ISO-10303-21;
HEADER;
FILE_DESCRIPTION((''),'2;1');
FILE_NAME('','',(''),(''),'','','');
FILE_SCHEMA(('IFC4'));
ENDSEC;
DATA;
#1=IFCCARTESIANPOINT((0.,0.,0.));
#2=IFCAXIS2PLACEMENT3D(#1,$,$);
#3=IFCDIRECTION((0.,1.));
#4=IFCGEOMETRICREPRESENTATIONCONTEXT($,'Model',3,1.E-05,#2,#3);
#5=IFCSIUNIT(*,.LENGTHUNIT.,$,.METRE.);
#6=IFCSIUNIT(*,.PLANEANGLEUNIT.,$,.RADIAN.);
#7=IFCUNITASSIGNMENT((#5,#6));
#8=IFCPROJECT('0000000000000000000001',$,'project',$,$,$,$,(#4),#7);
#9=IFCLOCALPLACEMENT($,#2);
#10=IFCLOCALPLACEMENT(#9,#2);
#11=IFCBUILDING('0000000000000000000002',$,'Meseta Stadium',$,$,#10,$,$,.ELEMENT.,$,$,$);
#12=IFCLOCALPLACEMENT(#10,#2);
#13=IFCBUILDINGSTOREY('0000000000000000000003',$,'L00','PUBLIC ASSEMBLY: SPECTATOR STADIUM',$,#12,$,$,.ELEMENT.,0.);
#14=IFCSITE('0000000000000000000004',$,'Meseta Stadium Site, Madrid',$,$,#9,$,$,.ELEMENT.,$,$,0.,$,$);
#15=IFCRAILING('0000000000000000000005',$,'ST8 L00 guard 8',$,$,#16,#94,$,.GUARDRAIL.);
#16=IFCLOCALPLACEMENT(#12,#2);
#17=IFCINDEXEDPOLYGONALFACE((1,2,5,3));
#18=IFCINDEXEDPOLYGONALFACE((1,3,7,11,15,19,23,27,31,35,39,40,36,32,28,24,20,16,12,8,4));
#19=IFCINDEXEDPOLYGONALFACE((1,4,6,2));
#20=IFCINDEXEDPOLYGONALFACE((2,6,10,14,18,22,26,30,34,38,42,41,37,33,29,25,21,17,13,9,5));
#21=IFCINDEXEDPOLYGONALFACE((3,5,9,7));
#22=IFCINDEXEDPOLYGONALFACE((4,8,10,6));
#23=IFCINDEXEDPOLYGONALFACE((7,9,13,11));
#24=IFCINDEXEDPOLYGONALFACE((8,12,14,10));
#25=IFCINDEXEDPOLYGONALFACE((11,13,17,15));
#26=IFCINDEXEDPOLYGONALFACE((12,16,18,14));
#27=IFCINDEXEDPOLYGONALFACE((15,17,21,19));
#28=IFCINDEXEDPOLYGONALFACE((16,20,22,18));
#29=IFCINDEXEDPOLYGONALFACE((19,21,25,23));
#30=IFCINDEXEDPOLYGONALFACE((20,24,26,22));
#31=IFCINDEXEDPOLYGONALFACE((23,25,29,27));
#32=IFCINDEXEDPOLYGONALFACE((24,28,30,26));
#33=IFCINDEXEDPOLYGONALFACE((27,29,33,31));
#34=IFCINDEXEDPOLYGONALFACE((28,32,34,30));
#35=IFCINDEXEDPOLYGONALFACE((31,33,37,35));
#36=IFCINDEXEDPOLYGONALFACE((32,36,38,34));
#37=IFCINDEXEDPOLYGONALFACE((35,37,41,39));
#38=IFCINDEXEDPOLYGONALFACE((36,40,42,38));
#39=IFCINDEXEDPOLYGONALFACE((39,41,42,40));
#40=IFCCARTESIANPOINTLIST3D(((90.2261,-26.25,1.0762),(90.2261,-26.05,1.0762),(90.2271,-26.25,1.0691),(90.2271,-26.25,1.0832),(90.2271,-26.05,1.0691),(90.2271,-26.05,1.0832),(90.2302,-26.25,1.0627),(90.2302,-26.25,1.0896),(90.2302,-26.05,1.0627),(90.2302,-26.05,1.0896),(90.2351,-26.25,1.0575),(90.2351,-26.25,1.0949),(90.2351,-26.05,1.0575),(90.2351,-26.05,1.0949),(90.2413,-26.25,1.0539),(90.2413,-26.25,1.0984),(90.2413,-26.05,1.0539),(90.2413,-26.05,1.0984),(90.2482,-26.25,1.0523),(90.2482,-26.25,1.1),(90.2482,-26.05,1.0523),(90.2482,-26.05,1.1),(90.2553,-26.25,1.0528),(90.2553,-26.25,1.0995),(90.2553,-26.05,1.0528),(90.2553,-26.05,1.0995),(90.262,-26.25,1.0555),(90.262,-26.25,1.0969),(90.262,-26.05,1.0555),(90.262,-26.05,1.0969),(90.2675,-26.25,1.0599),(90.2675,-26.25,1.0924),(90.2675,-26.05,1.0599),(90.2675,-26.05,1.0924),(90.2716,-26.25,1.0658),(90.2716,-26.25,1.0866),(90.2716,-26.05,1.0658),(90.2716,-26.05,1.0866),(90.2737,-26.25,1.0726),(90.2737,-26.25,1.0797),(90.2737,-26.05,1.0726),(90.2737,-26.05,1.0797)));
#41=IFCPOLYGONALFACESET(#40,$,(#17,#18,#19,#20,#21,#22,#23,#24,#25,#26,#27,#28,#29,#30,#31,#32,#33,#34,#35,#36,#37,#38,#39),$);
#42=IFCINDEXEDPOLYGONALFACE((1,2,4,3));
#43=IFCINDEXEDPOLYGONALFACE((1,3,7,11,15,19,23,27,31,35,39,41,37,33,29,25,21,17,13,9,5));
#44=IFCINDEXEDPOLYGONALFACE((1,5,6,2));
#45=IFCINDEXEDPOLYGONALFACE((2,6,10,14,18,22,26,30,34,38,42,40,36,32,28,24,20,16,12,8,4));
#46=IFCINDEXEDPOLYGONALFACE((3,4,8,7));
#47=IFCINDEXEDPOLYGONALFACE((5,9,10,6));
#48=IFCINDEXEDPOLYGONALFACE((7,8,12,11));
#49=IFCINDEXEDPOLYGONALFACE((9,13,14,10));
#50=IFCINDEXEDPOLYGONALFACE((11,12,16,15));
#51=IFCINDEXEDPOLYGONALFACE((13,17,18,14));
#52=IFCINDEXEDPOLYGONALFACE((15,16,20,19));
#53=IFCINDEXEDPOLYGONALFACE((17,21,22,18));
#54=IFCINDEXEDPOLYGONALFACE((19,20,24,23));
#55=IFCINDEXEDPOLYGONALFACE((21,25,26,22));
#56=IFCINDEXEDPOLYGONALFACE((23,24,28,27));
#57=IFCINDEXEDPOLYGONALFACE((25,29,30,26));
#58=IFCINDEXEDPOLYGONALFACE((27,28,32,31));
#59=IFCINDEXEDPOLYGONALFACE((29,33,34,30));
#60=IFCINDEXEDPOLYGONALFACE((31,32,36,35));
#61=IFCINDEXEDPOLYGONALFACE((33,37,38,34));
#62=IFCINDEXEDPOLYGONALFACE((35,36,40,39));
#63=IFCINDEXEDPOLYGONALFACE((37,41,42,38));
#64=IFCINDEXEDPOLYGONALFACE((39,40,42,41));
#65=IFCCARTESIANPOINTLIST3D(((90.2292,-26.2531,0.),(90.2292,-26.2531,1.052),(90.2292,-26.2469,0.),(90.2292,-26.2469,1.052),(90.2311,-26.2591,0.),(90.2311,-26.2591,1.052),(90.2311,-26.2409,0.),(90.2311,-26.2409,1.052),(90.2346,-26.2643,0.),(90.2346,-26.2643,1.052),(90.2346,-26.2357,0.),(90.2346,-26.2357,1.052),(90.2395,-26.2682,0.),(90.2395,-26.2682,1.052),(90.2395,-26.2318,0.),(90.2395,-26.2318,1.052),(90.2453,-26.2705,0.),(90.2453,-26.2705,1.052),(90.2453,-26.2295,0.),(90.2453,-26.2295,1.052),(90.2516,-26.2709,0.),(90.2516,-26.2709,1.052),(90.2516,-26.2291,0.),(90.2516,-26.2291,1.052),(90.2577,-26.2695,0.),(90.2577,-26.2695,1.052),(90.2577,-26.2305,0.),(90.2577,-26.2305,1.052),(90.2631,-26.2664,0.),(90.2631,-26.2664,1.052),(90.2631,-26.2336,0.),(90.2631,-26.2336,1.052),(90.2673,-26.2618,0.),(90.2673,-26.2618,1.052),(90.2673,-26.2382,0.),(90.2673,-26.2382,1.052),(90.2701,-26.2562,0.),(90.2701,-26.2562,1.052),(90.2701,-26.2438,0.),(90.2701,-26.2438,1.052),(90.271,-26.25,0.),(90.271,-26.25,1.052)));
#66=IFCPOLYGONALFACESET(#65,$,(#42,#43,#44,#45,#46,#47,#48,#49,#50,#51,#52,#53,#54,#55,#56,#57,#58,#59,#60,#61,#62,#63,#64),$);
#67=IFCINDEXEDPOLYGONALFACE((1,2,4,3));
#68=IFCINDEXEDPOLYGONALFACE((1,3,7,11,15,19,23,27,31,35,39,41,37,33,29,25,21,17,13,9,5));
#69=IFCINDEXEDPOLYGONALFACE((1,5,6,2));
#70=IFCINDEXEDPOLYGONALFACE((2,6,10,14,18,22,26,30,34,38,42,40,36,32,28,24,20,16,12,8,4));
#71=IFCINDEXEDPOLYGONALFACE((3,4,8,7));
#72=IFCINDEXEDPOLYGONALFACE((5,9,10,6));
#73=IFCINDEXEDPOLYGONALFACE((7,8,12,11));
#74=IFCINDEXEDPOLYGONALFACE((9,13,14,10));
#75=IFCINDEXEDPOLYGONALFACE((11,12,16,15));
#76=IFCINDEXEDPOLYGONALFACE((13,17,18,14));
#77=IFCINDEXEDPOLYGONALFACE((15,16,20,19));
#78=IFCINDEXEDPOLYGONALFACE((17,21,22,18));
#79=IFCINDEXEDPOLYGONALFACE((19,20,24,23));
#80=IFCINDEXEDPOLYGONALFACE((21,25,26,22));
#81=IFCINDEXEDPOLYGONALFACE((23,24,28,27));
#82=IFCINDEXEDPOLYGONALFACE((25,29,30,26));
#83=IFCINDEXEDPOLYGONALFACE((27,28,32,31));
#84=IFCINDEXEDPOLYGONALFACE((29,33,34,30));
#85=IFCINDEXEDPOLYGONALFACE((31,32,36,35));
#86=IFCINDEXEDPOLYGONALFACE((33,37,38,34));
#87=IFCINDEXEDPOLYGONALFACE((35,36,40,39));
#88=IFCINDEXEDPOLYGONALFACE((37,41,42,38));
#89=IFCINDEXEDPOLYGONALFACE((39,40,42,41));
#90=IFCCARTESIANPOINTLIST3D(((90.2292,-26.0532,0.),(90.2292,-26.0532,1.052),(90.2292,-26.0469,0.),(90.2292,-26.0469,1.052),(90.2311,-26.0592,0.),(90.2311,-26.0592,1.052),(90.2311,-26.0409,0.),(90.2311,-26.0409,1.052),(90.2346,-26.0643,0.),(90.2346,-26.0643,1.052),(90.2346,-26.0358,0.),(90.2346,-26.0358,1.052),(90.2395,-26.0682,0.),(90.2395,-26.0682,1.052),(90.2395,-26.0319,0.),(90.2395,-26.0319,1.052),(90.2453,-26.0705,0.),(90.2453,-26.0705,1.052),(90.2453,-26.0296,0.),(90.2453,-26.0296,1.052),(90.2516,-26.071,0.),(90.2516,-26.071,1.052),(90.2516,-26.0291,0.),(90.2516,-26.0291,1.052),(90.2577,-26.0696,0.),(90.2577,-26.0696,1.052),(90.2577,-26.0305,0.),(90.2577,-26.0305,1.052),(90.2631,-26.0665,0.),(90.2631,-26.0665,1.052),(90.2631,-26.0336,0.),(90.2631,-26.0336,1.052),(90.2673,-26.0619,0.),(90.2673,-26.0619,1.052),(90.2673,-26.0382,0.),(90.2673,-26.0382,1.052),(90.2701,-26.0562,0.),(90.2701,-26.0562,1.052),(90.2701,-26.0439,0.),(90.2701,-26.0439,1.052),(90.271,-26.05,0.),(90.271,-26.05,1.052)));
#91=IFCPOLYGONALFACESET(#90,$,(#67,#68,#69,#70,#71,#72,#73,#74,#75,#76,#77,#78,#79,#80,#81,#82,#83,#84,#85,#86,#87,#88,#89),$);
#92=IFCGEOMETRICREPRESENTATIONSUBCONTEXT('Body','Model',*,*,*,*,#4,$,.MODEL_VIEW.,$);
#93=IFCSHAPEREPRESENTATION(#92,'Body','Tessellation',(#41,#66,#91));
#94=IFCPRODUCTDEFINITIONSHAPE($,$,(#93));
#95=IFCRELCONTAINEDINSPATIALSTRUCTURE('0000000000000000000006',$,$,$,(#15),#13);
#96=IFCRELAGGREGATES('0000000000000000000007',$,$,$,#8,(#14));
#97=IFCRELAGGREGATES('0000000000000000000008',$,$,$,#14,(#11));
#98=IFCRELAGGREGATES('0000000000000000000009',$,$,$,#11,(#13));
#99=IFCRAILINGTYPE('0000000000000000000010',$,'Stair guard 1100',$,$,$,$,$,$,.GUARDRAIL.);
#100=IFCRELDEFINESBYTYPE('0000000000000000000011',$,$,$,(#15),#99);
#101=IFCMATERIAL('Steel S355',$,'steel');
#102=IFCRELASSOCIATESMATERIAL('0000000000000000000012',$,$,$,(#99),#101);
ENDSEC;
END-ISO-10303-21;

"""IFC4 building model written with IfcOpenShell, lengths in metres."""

from ifc_helpers import new_model, si_unit, direction, frame, origin, origin_2d, place, context, subcontext, project, spatial, circle, extrude, material, type_object, element, save


model = new_model("IFC4")

# Units and contexts
model_context = context("Model", 3, precision=1e-05, world=origin(), true_north=direction((0.0, 1.0)))
body_context = subcontext(model_context, "Body", "Model", "MODEL_VIEW")
ifc_project = project(units=[si_unit("LENGTHUNIT", "METRE"), si_unit("PLANEANGLEUNIT", "RADIAN")], contexts=[model_context])

# Site, building, storey
site_placement = place(None, origin())
site = spatial("IfcSite", under=ifc_project, at=site_placement, Name="Meseta Stadium Site, Madrid", CompositionType="ELEMENT", RefElevation=0.0)
building_placement = place(site_placement, origin())
building = spatial("IfcBuilding", under=site, at=building_placement, Name="Meseta Stadium", CompositionType="ELEMENT")
storey_placement = place(building_placement, origin())
storey = spatial("IfcBuildingStorey", under=building, at=storey_placement, Name="L00", Description="PUBLIC ASSEMBLY: SPECTATOR STADIUM", CompositionType="ELEMENT", Elevation=0.0)

# Railing
ifc_material_1 = material(Name="Steel S355", Category="steel")
railing_type_1 = type_object("IfcRailingType", Name="Stair guard 1100", PredefinedType="GUARDRAIL", material=ifc_material_1)
railing_1_placement = place(storey_placement, frame((90.25, -26.25, 0.0)))
element("IfcRailing", 1, at=railing_1_placement, inside=storey, type_object=railing_type_1, Name="ST8 L00 guard 8", PredefinedType="GUARDRAIL", context=body_context, shape_type="SweptSolid", body=[
    extrude(circle(Radius=0.0239, at=origin_2d()), frame((0.0, 0.0, 1.0762), z_axis=(0.0, 1.0, 0.0), x_axis=(-1.0, 0.0, 0.0)), (0.0, 0.0, 1.0), 0.2),
    extrude(circle(Radius=0.021, at=origin_2d()), origin(), (0.0, 0.0, 1.0), 1.052),
    extrude(circle(Radius=0.021, at=origin_2d()), frame((0.0, 0.2, 0.0)), (0.0, 0.0, 1.0), 1.052),
])

save(model, "model.ifc")
